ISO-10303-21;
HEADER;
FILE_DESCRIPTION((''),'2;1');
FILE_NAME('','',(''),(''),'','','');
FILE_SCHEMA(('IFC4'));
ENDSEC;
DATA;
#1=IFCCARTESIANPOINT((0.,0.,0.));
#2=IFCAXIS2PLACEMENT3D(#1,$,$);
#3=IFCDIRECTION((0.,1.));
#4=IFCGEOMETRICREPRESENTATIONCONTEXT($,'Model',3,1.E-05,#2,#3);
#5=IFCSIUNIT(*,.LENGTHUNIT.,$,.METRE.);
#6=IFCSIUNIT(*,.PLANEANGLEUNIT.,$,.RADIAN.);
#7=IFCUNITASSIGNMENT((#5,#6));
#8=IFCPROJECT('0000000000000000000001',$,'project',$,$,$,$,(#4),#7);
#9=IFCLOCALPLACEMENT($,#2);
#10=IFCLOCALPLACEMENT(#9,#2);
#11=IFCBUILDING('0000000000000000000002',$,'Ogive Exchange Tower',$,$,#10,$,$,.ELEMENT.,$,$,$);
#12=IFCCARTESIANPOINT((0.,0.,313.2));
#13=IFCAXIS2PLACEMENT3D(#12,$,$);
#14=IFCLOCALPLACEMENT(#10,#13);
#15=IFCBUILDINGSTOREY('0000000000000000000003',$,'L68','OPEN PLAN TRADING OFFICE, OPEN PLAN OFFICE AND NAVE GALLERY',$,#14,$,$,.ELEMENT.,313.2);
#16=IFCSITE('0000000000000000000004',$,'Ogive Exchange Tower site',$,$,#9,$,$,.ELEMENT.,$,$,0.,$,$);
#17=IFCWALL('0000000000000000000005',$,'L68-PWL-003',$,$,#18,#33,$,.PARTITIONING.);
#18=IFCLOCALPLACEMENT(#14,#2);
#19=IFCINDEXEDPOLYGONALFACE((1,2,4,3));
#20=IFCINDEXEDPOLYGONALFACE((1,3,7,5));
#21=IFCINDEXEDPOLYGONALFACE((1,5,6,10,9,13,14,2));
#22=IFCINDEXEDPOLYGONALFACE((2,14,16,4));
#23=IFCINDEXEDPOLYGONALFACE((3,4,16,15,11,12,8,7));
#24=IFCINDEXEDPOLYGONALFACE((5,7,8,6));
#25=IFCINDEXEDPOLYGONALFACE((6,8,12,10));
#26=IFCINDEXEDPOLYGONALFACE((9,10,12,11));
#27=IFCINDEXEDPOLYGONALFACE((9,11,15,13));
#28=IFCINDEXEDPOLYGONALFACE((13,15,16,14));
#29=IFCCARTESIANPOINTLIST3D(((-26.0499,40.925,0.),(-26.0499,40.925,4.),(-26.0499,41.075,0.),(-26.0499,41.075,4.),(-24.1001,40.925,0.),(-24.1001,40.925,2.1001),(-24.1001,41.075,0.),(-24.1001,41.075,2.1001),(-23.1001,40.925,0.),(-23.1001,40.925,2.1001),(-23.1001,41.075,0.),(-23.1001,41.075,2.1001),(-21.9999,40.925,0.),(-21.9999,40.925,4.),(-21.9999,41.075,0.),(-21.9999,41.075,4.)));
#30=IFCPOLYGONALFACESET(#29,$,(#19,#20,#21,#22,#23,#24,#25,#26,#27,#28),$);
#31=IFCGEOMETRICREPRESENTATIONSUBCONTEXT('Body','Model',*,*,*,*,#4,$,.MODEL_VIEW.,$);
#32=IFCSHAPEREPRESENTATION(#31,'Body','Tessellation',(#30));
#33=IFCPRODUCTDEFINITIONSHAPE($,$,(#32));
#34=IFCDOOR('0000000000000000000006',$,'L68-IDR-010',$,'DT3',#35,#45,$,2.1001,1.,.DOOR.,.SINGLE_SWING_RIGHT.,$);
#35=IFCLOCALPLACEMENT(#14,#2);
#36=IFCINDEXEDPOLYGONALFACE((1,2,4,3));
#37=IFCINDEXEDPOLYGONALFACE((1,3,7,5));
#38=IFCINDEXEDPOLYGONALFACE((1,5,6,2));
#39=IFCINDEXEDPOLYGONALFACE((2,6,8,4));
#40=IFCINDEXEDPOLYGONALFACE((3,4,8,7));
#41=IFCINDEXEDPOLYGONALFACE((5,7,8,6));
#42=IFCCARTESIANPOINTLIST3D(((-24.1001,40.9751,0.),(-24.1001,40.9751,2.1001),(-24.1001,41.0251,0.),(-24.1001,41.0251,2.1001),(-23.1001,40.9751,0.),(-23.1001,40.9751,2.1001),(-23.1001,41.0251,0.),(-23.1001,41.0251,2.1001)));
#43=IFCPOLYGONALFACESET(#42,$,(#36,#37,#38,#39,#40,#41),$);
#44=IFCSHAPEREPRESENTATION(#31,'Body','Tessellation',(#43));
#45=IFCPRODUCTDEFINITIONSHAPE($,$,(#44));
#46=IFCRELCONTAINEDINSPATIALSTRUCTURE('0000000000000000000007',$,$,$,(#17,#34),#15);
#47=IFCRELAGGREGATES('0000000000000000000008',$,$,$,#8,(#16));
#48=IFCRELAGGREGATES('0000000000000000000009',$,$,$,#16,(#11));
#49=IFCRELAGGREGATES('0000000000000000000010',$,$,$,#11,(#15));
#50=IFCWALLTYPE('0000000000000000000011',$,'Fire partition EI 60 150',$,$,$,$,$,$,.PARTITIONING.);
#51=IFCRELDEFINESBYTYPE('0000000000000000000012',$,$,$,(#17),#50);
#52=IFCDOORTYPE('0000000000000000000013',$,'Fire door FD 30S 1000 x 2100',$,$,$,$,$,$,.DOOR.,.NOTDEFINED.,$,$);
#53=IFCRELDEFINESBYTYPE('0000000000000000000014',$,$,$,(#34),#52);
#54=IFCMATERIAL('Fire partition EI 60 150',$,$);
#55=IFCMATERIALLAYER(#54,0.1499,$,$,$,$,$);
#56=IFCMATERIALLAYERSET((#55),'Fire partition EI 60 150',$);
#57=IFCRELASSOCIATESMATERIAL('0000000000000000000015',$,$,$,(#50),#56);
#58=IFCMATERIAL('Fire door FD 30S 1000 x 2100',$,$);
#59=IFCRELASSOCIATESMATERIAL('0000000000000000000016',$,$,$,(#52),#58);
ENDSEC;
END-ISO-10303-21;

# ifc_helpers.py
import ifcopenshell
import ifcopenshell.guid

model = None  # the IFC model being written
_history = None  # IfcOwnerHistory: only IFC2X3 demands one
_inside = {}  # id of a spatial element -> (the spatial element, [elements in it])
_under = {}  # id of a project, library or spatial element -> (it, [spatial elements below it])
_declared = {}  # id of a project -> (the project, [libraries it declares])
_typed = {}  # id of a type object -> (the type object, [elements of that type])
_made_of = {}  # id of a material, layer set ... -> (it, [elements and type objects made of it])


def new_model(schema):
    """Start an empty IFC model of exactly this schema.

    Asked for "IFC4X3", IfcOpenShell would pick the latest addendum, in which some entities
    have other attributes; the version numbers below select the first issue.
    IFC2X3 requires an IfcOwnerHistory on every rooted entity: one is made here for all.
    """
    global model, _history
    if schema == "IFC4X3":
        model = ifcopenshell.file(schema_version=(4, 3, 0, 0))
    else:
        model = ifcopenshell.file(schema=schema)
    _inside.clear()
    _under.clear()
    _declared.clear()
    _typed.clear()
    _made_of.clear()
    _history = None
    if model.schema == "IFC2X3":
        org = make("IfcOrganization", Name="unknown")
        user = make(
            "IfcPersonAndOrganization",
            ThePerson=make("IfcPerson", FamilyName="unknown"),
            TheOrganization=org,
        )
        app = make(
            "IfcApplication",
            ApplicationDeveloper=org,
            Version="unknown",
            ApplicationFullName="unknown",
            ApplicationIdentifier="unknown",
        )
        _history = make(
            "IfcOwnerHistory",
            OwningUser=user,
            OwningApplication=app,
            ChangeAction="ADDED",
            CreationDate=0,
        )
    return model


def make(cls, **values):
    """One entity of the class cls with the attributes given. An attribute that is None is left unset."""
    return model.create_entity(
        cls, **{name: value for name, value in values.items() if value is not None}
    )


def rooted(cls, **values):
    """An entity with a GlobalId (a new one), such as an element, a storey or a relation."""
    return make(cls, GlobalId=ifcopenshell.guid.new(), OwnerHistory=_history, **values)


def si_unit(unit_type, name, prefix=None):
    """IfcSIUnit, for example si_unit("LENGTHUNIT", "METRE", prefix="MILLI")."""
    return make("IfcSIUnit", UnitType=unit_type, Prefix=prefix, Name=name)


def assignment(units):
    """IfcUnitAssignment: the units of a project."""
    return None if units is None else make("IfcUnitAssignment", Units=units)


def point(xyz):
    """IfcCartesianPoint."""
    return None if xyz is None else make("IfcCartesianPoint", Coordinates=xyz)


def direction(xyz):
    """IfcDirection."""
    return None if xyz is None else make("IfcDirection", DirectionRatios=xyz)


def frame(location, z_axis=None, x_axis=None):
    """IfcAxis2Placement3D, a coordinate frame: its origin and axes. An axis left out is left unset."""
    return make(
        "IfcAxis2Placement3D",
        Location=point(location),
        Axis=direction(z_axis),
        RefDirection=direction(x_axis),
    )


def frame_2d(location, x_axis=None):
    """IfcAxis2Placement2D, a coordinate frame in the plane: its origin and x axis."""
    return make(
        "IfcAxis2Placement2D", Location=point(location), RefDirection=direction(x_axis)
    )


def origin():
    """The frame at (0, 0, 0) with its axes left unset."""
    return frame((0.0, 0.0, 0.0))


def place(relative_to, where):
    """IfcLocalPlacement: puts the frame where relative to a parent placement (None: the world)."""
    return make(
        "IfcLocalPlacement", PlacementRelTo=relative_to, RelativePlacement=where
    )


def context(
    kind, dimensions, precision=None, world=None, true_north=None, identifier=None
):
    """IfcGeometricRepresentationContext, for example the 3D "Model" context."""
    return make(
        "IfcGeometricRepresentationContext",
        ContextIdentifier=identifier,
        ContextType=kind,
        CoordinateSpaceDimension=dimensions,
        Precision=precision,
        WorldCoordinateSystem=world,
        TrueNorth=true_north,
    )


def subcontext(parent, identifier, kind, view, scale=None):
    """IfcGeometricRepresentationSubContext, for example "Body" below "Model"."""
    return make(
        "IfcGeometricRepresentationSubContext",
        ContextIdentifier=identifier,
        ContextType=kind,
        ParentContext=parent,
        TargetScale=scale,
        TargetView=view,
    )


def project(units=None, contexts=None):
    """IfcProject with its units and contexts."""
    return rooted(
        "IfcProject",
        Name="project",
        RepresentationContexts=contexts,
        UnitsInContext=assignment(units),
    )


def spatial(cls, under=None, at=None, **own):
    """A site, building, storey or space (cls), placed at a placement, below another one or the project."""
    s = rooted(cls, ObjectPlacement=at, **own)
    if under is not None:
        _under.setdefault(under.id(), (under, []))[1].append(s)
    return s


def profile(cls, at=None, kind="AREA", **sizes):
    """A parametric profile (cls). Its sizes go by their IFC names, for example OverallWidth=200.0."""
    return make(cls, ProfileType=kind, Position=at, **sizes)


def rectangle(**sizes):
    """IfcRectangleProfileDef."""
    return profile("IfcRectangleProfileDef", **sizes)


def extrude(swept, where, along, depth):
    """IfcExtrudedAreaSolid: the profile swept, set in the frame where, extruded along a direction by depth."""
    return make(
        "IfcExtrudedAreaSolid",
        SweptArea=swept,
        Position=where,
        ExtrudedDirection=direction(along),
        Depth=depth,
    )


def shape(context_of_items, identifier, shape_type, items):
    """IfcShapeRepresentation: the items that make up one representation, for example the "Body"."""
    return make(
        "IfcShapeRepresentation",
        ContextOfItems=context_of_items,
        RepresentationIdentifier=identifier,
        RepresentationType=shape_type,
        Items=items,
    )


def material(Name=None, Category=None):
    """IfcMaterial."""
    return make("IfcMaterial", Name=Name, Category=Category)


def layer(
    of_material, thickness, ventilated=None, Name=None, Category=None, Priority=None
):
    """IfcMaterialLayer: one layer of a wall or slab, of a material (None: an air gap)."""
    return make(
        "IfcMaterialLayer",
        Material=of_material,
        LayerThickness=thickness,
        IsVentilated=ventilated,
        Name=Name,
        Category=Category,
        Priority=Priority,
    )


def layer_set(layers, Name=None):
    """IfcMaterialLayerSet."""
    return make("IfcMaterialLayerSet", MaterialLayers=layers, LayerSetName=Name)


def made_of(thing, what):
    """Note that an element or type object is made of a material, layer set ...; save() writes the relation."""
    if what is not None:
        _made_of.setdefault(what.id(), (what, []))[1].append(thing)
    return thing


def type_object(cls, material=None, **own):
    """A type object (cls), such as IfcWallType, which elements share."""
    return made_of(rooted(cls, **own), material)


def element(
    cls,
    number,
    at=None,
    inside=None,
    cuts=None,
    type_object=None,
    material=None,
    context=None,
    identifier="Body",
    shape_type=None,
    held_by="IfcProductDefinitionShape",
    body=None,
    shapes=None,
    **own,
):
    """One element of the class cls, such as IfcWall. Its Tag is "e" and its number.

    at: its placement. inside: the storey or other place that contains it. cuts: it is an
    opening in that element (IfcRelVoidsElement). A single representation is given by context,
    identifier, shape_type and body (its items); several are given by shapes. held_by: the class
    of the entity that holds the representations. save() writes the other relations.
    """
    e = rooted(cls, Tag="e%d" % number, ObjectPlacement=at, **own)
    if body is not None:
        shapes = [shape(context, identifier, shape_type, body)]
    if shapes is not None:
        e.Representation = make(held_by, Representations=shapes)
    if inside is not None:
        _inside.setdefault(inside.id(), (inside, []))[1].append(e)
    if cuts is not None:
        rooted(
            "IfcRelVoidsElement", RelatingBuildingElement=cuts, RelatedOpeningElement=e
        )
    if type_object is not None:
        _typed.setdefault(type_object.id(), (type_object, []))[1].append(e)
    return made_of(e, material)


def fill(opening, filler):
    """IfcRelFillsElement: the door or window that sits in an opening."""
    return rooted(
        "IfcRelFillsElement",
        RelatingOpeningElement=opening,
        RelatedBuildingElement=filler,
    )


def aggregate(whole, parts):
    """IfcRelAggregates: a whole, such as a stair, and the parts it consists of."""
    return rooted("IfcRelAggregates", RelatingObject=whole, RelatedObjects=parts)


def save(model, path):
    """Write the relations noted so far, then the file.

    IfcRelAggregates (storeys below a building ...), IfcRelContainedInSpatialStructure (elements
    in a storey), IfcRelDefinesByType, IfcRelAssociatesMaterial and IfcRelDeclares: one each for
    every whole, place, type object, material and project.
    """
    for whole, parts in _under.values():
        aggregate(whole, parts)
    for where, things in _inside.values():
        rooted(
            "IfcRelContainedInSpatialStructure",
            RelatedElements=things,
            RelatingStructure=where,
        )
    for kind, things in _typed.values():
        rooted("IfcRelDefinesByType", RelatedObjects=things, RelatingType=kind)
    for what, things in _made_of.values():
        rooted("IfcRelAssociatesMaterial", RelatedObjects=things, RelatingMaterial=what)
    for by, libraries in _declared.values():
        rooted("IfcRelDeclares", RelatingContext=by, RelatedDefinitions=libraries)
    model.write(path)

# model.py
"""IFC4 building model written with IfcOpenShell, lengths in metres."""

from ifc_helpers import new_model, si_unit, direction, frame, frame_2d, origin, place, context, subcontext, project, spatial, rectangle, extrude, material, layer, layer_set, type_object, element, fill, save


model = new_model("IFC4")

# Units and contexts
model_context = context("Model", 3, precision=1e-05, world=origin(), true_north=direction((0.0, 1.0)))
body_context = subcontext(model_context, "Body", "Model", "MODEL_VIEW")
ifc_project = project(units=[si_unit("LENGTHUNIT", "METRE"), si_unit("PLANEANGLEUNIT", "RADIAN")], contexts=[model_context])

# Site, building, storey
site_placement = place(None, origin())
site = spatial("IfcSite", under=ifc_project, at=site_placement, Name="Ogive Exchange Tower site", CompositionType="ELEMENT", RefElevation=0.0)
building_placement = place(site_placement, origin())
building = spatial("IfcBuilding", under=site, at=building_placement, Name="Ogive Exchange Tower", CompositionType="ELEMENT")
storey_placement = place(building_placement, frame((0.0, 0.0, 313.2)))
storey = spatial("IfcBuildingStorey", under=building, at=storey_placement, Name="L68", Description="OPEN PLAN TRADING OFFICE, OPEN PLAN OFFICE AND NAVE GALLERY", CompositionType="ELEMENT", Elevation=313.2)

# Wall, opening, door
ifc_material_1 = material(Name="Fire partition EI 60 150")
ifc_layer_1 = layer(ifc_material_1, 0.1499)
ifc_layer_set_1 = layer_set([ifc_layer_1], Name="Fire partition EI 60 150")
wall_type_1 = type_object("IfcWallType", Name="Fire partition EI 60 150", PredefinedType="PARTITIONING", material=ifc_layer_set_1)
ifc_material_2 = material(Name="Fire door FD 30S 1000 x 2100")
door_type_1 = type_object("IfcDoorType", Name="Fire door FD 30S 1000 x 2100", OperationType="NOTDEFINED", PredefinedType="DOOR", material=ifc_material_2)
wall_1_placement = place(storey_placement, frame((-22.0, 41.0, 0.0), z_axis=(0.0, 0.0, 1.0), x_axis=(-1.0, 0.0, 0.0)))
wall_1 = element("IfcWall", 1, at=wall_1_placement, inside=storey, type_object=wall_type_1, Name="L68-PWL-003", PredefinedType="PARTITIONING", context=body_context, shape_type="SweptSolid", body=[
    extrude(rectangle(XDim=4.05, YDim=0.1499, at=frame_2d((2.0249, 0.0))), origin(), (0.0, 0.0, 1.0), 4.0),
])
opening_1_placement = place(wall_1_placement, frame((1.1001, 0.0, 0.0)))
opening_1 = element("IfcOpeningElement", 2, at=opening_1_placement, cuts=wall_1, PredefinedType="OPENING", context=body_context, shape_type="SweptSolid", body=[
    extrude(rectangle(XDim=1.0, YDim=2.1001, at=frame_2d((0.5, 1.05))), frame((0.0, 0.085, 0.0), z_axis=(0.0, -1.0, 0.0), x_axis=(1.0, 0.0, 0.0)), (0.0, 0.0, 1.0), 0.1699),
])
door_1_placement = place(opening_1_placement, origin())
door_1 = element("IfcDoor", 3, at=door_1_placement, inside=storey, type_object=door_type_1, Name="L68-IDR-010", ObjectType="DT3", OperationType="SINGLE_SWING_RIGHT", OverallHeight=2.1001, OverallWidth=1.0, PredefinedType="DOOR", context=body_context, shape_type="SweptSolid", body=[
    extrude(rectangle(XDim=1.0, YDim=2.1001, at=frame_2d((0.5, 1.05))), frame((0.0, 0.0249, 0.0), z_axis=(0.0, -1.0, 0.0), x_axis=(1.0, 0.0, 0.0)), (0.0, 0.0, 1.0), 0.05),
])
fill(opening_1, door_1)

save(model, "model.ifc")
